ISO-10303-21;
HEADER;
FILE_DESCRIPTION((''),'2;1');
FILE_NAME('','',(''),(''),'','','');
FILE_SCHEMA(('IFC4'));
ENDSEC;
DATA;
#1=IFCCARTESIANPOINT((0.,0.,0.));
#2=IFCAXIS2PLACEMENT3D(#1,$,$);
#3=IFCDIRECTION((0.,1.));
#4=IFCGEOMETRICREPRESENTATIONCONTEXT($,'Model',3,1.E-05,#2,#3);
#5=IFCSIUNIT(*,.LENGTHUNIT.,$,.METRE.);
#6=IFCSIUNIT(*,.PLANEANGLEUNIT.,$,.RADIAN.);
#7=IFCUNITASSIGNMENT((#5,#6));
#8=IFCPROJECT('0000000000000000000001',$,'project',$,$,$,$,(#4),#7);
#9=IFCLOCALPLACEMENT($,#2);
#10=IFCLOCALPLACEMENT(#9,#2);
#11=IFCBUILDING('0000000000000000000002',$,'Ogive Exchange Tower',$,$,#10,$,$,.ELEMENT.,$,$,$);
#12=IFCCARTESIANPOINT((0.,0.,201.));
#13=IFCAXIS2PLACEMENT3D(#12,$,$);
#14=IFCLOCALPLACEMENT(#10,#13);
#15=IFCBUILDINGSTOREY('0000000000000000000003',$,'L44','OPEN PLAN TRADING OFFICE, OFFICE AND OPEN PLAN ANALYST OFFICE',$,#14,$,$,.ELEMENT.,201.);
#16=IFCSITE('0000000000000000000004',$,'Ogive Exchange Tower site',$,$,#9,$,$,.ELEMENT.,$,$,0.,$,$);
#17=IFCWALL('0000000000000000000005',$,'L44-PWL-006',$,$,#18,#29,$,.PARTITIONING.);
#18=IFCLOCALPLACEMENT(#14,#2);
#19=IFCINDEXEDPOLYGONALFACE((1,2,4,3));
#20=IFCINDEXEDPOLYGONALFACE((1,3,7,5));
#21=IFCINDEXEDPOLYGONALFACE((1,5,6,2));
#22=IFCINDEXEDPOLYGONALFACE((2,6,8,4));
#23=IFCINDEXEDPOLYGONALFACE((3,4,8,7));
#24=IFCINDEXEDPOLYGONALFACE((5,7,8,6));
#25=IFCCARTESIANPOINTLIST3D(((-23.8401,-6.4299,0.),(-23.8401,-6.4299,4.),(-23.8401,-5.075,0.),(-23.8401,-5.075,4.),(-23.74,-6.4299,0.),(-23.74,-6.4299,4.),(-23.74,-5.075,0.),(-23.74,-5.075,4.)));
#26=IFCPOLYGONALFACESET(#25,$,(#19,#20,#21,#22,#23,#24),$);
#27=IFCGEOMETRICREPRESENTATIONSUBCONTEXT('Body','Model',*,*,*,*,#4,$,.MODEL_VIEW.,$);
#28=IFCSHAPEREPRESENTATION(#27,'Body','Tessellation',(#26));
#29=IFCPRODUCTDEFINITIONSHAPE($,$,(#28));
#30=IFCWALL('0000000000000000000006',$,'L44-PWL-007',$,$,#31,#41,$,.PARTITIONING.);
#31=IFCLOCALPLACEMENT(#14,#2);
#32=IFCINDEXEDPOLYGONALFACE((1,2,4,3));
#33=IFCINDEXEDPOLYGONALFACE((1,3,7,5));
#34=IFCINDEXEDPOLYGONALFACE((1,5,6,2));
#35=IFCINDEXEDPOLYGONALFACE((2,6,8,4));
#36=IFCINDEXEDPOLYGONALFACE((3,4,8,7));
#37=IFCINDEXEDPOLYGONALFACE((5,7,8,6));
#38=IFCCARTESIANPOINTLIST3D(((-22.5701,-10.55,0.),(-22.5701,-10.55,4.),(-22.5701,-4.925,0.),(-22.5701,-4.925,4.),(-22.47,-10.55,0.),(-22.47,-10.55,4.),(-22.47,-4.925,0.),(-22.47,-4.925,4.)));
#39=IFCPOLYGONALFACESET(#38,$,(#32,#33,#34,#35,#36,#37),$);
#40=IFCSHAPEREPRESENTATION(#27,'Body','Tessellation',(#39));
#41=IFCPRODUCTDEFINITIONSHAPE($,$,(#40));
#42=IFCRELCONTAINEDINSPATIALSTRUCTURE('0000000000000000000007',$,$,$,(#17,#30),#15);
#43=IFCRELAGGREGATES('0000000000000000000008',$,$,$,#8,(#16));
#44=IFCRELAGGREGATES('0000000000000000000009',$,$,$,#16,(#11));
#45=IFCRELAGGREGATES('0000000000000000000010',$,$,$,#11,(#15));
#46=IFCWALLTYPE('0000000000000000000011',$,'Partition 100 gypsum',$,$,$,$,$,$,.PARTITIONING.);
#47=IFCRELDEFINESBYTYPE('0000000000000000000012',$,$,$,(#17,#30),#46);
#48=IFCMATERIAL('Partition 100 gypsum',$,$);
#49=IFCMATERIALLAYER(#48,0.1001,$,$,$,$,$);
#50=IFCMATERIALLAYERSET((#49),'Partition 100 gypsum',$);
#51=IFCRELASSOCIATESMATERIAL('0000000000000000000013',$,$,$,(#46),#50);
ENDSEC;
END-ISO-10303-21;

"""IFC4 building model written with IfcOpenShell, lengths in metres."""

from ifc_helpers import new_model, si_unit, direction, frame, frame_2d, origin, place, context, subcontext, project, spatial, rectangle, extrude, material, layer, layer_set, type_object, element, save


model = new_model("IFC4")

# Units and contexts
model_context = context("Model", 3, precision=1e-05, world=origin(), true_north=direction((0.0, 1.0)))
body_context = subcontext(model_context, "Body", "Model", "MODEL_VIEW")
ifc_project = project(units=[si_unit("LENGTHUNIT", "METRE"), si_unit("PLANEANGLEUNIT", "RADIAN")], contexts=[model_context])

# Site, building, storey
site_placement = place(None, origin())
site = spatial("IfcSite", under=ifc_project, at=site_placement, Name="Ogive Exchange Tower site", CompositionType="ELEMENT", RefElevation=0.0)
building_placement = place(site_placement, origin())
building = spatial("IfcBuilding", under=site, at=building_placement, Name="Ogive Exchange Tower", CompositionType="ELEMENT")
storey_placement = place(building_placement, frame((0.0, 0.0, 201.0)))
storey = spatial("IfcBuildingStorey", under=building, at=storey_placement, Name="L44", Description="OPEN PLAN TRADING OFFICE, OFFICE AND OPEN PLAN ANALYST OFFICE", CompositionType="ELEMENT", Elevation=201.0)

# Walls
ifc_material_1 = material(Name="Partition 100 gypsum")
ifc_layer_1 = layer(ifc_material_1, 0.1001)
ifc_layer_set_1 = layer_set([ifc_layer_1], Name="Partition 100 gypsum")
wall_type_1 = type_object("IfcWallType", Name="Partition 100 gypsum", PredefinedType="PARTITIONING", material=ifc_layer_set_1)
wall_1_placement = place(storey_placement, frame((-23.79, -5.075, 0.0), z_axis=(0.0, 0.0, 1.0), x_axis=(0.0, -1.0, 0.0)))
element("IfcWall", 1, at=wall_1_placement, inside=storey, type_object=wall_type_1, Name="L44-PWL-006", PredefinedType="PARTITIONING", context=body_context, shape_type="SweptSolid", body=[
    extrude(rectangle(XDim=1.355, YDim=0.1001, at=frame_2d((0.6775, 0.0))), origin(), (0.0, 0.0, 1.0), 4.0),
])
wall_2_placement = place(storey_placement, frame((-22.52, -10.55, 0.0), z_axis=(0.0, 0.0, 1.0), x_axis=(0.0, 1.0, 0.0)))
element("IfcWall", 2, at=wall_2_placement, inside=storey, type_object=wall_type_1, Name="L44-PWL-007", PredefinedType="PARTITIONING", context=body_context, shape_type="SweptSolid", body=[
    extrude(rectangle(XDim=5.625, YDim=0.1001, at=frame_2d((2.8125, 0.0))), origin(), (0.0, 0.0, 1.0), 4.0),
])

save(model, "model.ifc")
